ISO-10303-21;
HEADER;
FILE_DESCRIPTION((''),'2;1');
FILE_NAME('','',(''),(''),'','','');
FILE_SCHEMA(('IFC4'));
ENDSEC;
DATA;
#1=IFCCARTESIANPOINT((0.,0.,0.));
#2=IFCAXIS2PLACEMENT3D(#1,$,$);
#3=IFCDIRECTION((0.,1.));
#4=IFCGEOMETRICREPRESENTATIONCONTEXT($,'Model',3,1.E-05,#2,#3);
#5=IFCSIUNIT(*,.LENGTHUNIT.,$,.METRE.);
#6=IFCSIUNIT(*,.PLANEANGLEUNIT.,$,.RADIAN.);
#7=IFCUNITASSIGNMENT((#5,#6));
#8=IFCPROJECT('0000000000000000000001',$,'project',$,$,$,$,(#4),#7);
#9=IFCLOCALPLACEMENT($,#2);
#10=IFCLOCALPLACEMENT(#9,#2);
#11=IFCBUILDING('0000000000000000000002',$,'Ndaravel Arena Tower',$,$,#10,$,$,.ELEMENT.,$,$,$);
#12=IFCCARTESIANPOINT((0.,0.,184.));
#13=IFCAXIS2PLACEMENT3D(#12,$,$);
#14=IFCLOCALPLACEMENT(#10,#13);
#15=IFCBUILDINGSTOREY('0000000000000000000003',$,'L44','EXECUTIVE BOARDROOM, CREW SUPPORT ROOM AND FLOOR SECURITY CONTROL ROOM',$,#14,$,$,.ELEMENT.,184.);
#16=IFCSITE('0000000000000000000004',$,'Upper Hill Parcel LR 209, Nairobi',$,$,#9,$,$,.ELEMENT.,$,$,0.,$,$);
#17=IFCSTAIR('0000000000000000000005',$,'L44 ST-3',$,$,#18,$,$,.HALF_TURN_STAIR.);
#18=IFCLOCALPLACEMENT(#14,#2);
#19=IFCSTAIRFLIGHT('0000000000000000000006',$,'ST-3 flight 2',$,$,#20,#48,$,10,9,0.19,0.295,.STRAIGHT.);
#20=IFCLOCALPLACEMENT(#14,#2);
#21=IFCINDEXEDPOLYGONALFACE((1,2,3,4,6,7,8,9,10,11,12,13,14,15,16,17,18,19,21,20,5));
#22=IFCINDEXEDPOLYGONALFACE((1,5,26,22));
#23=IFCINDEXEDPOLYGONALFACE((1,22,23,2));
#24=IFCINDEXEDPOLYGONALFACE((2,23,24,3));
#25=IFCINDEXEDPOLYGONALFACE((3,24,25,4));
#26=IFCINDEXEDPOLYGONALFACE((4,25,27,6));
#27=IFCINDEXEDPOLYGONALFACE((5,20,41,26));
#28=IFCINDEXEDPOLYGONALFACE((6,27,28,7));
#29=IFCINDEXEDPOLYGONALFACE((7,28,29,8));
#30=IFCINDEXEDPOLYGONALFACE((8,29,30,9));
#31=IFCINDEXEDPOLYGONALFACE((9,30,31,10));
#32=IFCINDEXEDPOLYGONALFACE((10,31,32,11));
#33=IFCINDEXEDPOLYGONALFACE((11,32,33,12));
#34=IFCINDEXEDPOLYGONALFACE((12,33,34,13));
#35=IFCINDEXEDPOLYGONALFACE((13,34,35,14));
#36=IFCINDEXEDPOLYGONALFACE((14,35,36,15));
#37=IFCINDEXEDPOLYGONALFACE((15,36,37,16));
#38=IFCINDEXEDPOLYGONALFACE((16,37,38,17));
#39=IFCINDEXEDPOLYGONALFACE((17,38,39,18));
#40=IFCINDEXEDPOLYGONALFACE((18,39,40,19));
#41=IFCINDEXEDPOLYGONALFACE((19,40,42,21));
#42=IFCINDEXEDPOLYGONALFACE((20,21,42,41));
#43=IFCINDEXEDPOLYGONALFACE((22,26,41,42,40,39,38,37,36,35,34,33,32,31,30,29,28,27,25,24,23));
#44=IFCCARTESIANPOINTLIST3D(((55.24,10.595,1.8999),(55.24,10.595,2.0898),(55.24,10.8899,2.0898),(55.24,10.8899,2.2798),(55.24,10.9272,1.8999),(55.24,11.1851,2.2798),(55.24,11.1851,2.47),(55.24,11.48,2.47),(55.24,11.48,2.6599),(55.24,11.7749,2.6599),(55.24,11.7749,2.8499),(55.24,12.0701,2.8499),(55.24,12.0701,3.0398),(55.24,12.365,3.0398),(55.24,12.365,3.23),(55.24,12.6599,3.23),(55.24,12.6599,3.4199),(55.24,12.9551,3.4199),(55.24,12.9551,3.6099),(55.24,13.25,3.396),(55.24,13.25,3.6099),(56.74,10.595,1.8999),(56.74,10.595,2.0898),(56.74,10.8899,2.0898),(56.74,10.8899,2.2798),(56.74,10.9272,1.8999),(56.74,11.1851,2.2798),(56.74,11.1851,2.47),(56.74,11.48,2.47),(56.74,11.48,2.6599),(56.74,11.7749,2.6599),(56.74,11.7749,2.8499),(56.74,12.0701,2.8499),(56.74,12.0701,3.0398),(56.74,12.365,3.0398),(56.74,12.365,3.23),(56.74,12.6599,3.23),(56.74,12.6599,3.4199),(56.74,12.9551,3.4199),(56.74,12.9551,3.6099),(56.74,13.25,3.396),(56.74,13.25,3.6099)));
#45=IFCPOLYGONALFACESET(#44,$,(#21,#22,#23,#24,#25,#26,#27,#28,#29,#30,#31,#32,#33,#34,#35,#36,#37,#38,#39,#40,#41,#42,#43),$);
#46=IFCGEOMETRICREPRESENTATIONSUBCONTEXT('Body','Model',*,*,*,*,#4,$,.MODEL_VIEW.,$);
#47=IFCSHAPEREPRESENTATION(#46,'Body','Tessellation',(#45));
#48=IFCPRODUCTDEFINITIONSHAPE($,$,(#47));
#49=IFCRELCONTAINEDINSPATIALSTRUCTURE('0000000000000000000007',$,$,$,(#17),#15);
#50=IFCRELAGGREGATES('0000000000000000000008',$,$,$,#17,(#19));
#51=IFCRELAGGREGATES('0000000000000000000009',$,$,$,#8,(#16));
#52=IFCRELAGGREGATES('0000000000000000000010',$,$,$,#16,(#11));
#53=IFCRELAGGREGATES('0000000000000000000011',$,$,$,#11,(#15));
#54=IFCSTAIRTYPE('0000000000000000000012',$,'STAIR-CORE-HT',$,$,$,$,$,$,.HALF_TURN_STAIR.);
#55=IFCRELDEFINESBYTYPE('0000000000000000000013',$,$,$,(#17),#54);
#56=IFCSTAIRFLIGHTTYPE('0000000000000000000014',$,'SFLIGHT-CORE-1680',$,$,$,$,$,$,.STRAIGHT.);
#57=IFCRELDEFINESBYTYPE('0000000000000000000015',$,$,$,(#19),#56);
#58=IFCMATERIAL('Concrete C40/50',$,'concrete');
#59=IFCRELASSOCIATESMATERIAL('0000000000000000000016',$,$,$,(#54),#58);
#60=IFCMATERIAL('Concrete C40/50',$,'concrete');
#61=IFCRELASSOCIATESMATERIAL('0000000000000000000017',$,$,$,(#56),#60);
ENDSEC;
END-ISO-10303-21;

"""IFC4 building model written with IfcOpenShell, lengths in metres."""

from ifc_helpers import new_model, si_unit, direction, frame, origin, place, context, subcontext, project, spatial, polyline, outline, extrude, material, type_object, element, aggregate, save


model = new_model("IFC4")

# Units and contexts
model_context = context("Model", 3, precision=1e-05, world=origin(), true_north=direction((0.0, 1.0)))
body_context = subcontext(model_context, "Body", "Model", "MODEL_VIEW")
ifc_project = project(units=[si_unit("LENGTHUNIT", "METRE"), si_unit("PLANEANGLEUNIT", "RADIAN")], contexts=[model_context])

# Site, building, storey
site_placement = place(None, origin())
site = spatial("IfcSite", under=ifc_project, at=site_placement, Name="Upper Hill Parcel LR 209, Nairobi", CompositionType="ELEMENT", RefElevation=0.0)
building_placement = place(site_placement, origin())
building = spatial("IfcBuilding", under=site, at=building_placement, Name="Ndaravel Arena Tower", CompositionType="ELEMENT")
storey_placement = place(building_placement, frame((0.0, 0.0, 184.0)))
storey = spatial("IfcBuildingStorey", under=building, at=storey_placement, Name="L44", Description="EXECUTIVE BOARDROOM, CREW SUPPORT ROOM AND FLOOR SECURITY CONTROL ROOM", CompositionType="ELEMENT", Elevation=184.0)

# Stair, stair flight
ifc_material_1 = material(Name="Concrete C40/50", Category="concrete")
stair_type = type_object("IfcStairType", Name="STAIR-CORE-HT", PredefinedType="HALF_TURN_STAIR", material=ifc_material_1)
stair_placement = place(storey_placement, origin())
stair = element("IfcStair", 1, at=stair_placement, inside=storey, type_object=stair_type, Name="L44 ST-3", PredefinedType="HALF_TURN_STAIR")
ifc_material_2 = material(Name="Concrete C40/50", Category="concrete")
stair_flight_type = type_object("IfcStairFlightType", Name="SFLIGHT-CORE-1680", PredefinedType="STRAIGHT", material=ifc_material_2)
stair_flight_1_placement = place(storey_placement, frame((55.99, 10.595, 1.8999), z_axis=(0.0, 0.0, 1.0), x_axis=(0.0, 1.0, 0.0)))
stair_flight_1 = element("IfcStairFlight", 2, at=stair_flight_1_placement, type_object=stair_flight_type, Name="ST-3 flight 2", NumberOfRisers=10, NumberOfTreads=9, PredefinedType="STRAIGHT", RiserHeight=0.19, TreadLength=0.295, context=body_context, shape_type="SweptSolid", body=[
    extrude(outline(polyline([(0.0, 0.0), (0.0, 0.1899), (0.2949, 0.1899), (0.2949, 0.3799), (0.5901, 0.3799), (0.5901, 0.5701), (0.885, 0.5701), (0.885, 0.76), (1.1799, 0.76), (1.1799, 0.95), (1.4751, 0.95), (1.4751, 1.1399), (1.77, 1.1399), (1.77, 1.3301), (2.0649, 1.3301), (2.0649, 1.52), (2.3601, 1.52), (2.3601, 1.71), (2.655, 1.71), (2.655, 1.8999), (2.655, 1.4961), (0.3323, 0.0), (0.0, 0.0)])), frame((0.0, 0.75, 0.0), z_axis=(0.0, -1.0, 0.0), x_axis=(1.0, 0.0, 0.0)), (0.0, 0.0, 1.0), 1.5),
])
aggregate(stair, [stair_flight_1])

save(model, "model.ifc")
